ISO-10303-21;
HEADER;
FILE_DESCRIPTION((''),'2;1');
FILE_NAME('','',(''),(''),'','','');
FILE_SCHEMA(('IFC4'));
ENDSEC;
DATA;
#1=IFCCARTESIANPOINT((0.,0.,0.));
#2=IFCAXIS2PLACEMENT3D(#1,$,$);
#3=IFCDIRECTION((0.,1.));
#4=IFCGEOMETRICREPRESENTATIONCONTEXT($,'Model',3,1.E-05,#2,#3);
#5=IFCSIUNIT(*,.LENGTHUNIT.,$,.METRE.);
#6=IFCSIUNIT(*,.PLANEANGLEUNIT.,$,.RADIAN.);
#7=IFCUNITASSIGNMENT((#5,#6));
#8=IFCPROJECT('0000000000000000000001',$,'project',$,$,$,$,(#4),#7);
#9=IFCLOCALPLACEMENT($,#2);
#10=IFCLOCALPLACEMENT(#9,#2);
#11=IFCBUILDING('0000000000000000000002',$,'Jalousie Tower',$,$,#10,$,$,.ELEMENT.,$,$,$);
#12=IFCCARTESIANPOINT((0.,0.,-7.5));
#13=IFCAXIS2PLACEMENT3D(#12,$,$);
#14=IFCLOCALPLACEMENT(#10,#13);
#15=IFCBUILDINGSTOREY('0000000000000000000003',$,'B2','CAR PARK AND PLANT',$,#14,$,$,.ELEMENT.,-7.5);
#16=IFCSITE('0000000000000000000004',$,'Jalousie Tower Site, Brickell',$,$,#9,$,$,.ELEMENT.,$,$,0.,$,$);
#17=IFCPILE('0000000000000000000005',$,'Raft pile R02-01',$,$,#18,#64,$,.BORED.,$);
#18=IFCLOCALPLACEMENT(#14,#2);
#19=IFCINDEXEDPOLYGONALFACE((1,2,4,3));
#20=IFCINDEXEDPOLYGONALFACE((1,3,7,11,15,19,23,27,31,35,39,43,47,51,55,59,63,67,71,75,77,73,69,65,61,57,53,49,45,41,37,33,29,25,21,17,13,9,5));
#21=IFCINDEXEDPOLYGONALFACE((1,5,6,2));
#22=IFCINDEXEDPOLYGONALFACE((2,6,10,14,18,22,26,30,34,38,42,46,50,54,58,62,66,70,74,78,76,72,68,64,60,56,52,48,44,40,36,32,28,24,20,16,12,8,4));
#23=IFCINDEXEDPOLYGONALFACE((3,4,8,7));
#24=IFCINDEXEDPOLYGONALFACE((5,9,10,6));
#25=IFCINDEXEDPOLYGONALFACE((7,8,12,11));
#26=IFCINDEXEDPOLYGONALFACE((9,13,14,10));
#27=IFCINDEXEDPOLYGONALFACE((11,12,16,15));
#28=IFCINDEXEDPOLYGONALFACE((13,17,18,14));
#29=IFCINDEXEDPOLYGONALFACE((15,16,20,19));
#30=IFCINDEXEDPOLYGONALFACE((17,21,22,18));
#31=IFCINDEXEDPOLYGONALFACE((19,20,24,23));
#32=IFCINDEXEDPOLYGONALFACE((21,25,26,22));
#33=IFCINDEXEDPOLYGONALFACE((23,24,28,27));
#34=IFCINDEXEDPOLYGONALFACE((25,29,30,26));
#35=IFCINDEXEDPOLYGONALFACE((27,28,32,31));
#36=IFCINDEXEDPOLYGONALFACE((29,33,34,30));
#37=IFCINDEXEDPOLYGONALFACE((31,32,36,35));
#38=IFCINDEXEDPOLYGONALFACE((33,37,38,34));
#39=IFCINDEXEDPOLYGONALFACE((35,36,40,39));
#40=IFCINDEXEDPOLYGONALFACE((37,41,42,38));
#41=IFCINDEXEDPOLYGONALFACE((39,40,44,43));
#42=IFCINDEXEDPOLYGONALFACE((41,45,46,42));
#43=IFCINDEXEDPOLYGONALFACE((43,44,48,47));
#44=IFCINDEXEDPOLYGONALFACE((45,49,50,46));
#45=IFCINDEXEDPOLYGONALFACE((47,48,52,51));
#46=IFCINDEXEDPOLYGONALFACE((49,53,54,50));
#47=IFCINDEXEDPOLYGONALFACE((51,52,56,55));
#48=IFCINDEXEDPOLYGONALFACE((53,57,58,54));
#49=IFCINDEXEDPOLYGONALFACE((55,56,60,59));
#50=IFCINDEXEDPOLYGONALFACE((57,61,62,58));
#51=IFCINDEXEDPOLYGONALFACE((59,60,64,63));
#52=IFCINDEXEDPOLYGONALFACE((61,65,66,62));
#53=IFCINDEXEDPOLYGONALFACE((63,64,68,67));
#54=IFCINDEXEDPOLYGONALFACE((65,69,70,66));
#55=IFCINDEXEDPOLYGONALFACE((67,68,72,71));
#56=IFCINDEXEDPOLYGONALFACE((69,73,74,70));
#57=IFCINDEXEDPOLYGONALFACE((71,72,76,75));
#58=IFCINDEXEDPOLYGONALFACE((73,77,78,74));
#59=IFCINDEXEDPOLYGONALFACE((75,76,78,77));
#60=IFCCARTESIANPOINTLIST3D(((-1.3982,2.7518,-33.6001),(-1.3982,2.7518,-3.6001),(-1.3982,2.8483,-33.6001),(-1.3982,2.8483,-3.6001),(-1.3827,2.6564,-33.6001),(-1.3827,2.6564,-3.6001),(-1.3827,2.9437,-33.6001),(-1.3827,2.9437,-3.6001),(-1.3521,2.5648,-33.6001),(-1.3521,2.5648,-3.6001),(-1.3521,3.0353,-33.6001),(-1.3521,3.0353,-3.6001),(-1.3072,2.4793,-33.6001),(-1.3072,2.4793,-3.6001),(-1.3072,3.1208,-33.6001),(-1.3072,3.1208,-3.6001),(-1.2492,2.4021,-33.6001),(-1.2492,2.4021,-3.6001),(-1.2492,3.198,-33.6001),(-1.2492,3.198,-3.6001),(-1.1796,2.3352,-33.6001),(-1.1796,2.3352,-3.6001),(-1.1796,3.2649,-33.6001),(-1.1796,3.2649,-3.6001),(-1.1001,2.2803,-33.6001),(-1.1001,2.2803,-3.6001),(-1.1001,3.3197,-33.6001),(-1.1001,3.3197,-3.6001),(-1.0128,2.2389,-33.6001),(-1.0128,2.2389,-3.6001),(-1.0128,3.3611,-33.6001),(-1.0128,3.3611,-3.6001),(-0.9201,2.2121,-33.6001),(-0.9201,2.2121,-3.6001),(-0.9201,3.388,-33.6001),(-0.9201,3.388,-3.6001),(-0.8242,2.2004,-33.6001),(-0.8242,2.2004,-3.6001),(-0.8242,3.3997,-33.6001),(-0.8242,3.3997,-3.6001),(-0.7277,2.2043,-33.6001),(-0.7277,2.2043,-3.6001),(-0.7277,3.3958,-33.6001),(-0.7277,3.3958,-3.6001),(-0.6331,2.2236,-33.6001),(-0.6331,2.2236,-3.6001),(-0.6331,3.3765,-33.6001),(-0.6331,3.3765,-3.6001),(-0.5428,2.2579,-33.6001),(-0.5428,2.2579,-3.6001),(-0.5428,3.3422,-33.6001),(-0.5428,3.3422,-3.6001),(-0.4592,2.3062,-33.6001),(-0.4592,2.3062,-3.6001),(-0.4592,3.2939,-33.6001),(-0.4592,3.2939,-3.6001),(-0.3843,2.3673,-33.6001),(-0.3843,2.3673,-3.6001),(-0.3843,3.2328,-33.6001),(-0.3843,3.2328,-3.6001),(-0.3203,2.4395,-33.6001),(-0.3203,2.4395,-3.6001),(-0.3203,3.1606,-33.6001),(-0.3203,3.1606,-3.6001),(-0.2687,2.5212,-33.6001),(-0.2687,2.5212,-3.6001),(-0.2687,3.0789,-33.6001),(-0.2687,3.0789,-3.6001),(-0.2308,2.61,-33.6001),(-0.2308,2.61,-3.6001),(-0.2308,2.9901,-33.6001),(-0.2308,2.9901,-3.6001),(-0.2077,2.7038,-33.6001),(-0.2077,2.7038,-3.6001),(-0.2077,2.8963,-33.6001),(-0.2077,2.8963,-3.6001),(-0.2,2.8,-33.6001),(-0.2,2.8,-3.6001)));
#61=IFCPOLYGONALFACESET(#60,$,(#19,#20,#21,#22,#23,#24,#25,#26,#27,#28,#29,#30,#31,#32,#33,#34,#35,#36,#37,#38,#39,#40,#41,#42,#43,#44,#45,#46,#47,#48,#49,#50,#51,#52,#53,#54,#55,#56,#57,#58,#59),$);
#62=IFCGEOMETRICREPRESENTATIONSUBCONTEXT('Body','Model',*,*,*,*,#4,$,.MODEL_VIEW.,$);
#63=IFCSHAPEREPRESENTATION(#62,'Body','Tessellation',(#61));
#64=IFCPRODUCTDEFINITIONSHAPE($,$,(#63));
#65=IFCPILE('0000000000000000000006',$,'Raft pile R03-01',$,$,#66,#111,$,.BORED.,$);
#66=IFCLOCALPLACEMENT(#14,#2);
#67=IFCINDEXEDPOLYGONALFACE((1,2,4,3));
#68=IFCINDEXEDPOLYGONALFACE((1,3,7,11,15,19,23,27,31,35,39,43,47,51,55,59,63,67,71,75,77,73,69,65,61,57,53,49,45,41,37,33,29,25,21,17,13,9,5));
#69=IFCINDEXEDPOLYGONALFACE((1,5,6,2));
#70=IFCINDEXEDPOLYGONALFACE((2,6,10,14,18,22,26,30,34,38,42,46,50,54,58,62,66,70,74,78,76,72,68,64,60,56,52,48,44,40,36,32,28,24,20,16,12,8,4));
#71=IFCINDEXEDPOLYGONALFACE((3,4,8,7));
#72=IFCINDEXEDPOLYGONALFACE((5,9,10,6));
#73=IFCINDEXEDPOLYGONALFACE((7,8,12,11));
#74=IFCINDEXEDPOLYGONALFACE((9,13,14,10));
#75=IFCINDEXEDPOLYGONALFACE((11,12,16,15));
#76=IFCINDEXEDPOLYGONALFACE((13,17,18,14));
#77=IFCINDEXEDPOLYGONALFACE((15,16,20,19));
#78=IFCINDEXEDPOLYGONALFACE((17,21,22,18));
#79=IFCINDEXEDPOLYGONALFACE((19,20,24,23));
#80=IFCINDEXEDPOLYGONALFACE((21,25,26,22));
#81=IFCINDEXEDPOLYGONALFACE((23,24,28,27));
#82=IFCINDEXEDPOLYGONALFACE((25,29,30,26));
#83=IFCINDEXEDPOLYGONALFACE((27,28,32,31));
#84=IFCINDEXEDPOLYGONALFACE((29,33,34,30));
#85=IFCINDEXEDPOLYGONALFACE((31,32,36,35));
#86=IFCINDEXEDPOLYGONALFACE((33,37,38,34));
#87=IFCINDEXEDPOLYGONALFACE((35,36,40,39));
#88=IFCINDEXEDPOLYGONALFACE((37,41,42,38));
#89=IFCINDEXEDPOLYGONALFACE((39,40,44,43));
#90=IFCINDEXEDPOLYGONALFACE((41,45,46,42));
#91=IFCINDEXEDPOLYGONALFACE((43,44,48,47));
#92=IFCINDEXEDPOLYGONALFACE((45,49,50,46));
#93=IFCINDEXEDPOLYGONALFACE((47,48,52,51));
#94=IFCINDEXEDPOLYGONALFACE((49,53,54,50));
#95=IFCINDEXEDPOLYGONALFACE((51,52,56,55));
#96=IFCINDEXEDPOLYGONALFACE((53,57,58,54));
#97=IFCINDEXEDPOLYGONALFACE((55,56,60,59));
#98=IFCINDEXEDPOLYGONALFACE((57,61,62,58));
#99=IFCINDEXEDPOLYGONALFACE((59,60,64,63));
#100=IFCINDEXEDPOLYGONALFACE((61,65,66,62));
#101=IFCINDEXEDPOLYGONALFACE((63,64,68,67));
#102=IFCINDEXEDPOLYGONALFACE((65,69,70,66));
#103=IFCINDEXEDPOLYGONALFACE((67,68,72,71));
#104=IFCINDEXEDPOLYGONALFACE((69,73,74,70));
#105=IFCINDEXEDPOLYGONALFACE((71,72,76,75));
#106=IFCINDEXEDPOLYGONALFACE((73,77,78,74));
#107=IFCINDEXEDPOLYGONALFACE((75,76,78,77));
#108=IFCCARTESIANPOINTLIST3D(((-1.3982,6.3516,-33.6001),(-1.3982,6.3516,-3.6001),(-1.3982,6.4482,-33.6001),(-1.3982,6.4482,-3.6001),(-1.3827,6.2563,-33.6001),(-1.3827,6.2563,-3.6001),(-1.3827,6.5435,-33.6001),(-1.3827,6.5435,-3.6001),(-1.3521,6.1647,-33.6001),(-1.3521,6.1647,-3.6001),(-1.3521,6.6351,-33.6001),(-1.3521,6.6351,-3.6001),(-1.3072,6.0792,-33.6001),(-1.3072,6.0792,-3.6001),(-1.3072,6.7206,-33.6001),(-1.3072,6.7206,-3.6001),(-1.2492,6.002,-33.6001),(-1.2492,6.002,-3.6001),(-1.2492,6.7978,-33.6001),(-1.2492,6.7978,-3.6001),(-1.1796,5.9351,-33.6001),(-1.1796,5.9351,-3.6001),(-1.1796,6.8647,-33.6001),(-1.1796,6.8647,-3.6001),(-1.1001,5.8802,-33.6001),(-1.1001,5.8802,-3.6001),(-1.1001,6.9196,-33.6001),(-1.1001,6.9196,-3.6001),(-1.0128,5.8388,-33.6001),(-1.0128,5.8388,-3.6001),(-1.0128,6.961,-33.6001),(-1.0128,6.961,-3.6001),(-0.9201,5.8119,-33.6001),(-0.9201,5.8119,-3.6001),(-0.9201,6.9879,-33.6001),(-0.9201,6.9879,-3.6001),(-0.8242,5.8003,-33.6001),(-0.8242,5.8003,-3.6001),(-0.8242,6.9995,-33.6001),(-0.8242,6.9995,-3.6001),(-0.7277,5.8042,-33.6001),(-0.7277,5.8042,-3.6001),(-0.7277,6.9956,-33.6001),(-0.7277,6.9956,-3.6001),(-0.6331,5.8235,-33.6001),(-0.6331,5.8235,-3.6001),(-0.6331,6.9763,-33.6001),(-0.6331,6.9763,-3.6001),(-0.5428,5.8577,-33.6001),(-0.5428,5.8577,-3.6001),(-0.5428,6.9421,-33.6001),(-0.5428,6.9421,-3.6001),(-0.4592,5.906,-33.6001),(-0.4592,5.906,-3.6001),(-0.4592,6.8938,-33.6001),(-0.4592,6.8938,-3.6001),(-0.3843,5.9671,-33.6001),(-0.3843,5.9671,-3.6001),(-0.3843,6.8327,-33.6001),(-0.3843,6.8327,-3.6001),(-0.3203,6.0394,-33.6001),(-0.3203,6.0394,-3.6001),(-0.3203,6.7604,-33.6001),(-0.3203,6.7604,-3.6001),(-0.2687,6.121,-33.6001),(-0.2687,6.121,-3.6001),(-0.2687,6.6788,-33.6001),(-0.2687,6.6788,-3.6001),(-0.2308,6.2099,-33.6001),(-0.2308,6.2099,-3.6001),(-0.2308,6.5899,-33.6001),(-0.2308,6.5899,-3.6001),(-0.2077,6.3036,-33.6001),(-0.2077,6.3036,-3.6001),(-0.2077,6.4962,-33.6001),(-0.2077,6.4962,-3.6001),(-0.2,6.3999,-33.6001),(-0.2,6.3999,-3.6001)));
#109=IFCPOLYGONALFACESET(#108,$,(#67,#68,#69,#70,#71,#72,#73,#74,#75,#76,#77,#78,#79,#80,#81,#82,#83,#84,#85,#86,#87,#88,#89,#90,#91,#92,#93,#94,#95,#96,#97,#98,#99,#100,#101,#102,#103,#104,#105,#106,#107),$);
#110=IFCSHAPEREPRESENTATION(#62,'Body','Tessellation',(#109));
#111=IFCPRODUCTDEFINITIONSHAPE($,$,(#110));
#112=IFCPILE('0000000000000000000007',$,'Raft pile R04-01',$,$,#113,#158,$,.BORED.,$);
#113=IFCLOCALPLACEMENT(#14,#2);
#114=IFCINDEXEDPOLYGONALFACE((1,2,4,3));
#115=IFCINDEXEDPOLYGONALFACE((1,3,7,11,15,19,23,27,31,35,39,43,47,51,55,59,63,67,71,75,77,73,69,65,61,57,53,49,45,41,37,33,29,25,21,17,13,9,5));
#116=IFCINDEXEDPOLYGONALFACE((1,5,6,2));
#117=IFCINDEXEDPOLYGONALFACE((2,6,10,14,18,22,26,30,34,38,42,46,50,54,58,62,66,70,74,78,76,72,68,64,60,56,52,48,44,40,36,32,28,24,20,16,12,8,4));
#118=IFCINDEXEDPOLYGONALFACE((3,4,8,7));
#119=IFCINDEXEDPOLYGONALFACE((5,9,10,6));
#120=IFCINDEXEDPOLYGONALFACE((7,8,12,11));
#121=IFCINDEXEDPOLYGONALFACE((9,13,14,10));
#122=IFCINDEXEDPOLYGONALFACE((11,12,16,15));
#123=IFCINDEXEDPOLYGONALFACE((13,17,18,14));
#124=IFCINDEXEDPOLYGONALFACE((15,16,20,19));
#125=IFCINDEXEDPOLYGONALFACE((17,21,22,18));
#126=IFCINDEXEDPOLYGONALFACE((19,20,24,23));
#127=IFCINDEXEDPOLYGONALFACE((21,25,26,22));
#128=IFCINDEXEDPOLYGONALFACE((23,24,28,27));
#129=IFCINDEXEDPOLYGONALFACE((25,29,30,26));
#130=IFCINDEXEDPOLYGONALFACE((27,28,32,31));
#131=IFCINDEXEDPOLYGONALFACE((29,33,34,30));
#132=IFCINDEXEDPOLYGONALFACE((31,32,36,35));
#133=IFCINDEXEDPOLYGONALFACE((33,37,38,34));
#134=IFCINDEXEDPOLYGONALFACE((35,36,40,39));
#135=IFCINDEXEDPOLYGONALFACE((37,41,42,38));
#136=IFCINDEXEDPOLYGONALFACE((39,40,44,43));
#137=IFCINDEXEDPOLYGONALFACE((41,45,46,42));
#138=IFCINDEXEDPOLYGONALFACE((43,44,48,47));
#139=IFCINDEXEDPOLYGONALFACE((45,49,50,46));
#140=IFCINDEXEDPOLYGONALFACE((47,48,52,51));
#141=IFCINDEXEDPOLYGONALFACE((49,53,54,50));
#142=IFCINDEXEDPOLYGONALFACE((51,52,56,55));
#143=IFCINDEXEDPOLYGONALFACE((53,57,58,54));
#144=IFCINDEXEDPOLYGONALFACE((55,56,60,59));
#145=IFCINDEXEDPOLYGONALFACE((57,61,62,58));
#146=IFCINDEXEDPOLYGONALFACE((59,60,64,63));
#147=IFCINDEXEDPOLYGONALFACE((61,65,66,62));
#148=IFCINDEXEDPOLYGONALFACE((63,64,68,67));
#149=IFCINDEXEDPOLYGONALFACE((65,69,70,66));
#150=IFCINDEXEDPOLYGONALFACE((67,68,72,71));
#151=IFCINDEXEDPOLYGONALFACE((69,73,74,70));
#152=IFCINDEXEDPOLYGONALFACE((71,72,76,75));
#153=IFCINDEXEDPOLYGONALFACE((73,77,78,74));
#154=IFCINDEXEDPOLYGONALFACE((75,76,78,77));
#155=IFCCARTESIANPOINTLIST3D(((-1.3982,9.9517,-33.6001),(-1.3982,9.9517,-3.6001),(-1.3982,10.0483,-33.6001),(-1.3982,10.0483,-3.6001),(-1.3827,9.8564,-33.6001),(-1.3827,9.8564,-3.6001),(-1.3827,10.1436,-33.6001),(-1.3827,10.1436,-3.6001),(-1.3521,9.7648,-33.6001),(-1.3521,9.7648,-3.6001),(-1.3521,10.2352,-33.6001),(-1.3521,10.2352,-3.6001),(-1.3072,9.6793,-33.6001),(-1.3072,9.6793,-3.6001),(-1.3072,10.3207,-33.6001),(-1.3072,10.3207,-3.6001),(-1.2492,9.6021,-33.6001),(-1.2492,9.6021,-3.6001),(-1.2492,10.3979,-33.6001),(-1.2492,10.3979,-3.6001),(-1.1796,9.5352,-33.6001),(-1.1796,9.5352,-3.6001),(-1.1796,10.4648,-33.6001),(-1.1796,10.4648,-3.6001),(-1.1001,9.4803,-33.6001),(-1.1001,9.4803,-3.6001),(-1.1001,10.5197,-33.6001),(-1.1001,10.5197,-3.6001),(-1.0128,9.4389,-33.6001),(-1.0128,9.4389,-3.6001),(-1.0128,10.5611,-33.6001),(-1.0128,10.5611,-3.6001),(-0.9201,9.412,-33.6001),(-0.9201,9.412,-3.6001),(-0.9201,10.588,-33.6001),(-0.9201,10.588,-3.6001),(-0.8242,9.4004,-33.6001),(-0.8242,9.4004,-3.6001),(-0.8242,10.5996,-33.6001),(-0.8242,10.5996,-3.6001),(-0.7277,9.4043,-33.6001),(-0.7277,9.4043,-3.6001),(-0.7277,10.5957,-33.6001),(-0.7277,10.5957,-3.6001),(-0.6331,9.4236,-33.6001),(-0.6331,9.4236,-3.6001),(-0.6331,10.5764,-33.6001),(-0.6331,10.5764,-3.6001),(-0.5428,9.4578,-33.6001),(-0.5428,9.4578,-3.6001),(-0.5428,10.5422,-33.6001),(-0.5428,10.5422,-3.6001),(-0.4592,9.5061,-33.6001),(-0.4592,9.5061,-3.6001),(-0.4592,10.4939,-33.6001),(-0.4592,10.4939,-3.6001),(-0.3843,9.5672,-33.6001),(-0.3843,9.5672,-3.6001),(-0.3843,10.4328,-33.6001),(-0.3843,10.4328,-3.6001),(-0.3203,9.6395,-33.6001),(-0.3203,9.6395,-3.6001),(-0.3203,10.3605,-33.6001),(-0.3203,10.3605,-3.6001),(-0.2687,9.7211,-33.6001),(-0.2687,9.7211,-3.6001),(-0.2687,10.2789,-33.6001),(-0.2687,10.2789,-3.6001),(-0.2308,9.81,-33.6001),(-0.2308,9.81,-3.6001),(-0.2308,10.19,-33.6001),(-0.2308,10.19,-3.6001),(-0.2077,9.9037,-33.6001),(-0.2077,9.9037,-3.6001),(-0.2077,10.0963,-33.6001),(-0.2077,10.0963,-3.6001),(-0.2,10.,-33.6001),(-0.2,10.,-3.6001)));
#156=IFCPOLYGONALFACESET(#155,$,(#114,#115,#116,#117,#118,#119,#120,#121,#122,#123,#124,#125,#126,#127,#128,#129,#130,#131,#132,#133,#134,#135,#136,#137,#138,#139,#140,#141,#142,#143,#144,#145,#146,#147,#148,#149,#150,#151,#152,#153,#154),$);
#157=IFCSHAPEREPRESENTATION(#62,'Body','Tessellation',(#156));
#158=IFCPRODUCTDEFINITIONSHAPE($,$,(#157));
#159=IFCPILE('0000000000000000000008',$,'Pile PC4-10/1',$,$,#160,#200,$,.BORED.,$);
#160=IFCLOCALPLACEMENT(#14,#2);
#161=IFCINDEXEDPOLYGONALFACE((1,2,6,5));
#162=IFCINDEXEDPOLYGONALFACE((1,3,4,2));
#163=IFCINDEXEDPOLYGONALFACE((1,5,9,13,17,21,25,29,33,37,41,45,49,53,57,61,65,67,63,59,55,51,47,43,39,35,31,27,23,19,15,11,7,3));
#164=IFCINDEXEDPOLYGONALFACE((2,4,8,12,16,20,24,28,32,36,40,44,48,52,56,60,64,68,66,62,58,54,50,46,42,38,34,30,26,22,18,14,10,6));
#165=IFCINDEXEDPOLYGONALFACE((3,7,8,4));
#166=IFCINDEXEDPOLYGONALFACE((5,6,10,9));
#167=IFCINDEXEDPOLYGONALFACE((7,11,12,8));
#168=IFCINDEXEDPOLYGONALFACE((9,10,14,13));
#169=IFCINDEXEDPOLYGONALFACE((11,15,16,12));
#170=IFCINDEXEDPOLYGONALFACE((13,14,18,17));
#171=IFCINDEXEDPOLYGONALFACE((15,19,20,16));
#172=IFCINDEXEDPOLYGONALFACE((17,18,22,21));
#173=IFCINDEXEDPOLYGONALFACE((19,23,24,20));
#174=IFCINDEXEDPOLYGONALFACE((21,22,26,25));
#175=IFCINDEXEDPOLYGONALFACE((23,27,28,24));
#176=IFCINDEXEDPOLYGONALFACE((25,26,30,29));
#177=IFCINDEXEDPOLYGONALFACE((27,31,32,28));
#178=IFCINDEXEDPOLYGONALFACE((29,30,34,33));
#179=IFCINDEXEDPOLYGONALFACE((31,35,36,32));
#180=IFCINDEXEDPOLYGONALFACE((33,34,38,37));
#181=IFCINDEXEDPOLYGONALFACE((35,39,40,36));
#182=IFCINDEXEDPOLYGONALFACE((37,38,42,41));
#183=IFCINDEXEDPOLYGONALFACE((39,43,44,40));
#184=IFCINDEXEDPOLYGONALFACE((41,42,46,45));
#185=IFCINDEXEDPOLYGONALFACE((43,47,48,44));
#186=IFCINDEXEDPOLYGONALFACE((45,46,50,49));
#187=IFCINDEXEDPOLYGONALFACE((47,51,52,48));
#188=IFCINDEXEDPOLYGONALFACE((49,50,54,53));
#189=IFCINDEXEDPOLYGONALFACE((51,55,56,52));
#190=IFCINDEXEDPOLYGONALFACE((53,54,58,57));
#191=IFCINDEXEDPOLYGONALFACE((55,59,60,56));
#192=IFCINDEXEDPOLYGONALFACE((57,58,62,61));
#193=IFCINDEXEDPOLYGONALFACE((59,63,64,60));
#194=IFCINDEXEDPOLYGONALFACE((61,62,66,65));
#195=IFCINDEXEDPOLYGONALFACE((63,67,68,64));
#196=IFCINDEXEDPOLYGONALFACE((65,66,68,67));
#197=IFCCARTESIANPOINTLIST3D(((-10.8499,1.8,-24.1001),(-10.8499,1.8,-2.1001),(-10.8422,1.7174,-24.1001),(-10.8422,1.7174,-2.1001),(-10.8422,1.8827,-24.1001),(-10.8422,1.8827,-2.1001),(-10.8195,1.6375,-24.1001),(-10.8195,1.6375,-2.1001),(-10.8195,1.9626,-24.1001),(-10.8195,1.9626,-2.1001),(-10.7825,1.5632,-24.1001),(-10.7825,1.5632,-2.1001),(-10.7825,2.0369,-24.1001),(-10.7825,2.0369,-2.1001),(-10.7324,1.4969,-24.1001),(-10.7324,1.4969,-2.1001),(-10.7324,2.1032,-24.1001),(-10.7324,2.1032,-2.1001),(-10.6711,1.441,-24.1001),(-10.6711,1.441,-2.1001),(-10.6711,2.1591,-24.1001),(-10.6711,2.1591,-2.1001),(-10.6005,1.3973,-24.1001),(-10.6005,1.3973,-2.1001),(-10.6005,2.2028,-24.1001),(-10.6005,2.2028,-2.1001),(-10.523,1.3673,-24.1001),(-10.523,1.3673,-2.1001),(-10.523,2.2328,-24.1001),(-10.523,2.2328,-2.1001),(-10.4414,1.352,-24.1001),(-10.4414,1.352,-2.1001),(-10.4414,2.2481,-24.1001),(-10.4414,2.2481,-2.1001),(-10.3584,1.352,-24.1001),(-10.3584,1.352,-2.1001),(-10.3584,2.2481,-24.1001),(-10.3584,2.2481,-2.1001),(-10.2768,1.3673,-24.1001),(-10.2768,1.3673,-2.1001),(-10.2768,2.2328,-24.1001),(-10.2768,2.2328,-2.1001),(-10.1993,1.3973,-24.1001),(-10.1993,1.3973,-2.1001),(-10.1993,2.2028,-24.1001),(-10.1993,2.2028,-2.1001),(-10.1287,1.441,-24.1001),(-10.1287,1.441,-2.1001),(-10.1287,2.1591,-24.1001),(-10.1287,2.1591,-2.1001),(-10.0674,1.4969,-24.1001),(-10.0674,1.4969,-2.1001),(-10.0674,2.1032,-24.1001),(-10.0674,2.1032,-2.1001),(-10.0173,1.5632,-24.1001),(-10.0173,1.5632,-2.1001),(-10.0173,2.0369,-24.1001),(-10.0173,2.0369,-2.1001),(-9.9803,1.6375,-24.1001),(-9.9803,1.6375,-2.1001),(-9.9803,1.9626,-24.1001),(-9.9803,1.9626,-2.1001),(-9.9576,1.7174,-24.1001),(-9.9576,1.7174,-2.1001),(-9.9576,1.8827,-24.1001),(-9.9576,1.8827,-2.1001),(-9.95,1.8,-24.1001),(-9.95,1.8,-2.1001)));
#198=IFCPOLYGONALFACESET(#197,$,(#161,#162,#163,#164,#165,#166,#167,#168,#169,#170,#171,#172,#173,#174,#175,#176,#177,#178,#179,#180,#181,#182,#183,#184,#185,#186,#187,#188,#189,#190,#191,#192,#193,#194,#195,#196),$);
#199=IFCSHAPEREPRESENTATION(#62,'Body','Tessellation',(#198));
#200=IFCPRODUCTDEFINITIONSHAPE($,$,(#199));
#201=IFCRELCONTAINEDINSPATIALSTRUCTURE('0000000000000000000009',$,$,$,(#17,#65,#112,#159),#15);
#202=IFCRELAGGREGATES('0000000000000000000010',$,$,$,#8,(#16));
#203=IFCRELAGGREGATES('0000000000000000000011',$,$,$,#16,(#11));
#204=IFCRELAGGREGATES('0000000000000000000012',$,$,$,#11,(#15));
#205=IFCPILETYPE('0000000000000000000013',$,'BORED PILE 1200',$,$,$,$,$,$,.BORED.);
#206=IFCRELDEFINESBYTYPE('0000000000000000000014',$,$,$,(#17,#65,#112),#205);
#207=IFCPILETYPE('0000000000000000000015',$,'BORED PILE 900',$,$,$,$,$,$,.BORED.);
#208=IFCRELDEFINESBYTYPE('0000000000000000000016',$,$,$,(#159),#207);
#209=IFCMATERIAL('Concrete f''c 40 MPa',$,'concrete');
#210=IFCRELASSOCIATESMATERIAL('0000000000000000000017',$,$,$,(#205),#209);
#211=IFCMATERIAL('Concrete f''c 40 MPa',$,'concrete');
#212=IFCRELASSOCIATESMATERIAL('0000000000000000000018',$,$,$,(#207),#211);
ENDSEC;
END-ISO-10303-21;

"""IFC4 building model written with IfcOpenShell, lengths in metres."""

from ifc_helpers import new_model, si_unit, direction, frame, origin, origin_2d, place, context, subcontext, project, spatial, circle, extrude, material, material_profile, profile_set, type_object, element, save


model = new_model("IFC4")

# Units and contexts
model_context = context("Model", 3, precision=1e-05, world=origin(), true_north=direction((0.0, 1.0)))
body_context = subcontext(model_context, "Body", "Model", "MODEL_VIEW")
ifc_project = project(units=[si_unit("LENGTHUNIT", "METRE"), si_unit("PLANEANGLEUNIT", "RADIAN")], contexts=[model_context])

# Site, building, storey
site_placement = place(None, origin())
site = spatial("IfcSite", under=ifc_project, at=site_placement, Name="Jalousie Tower Site, Brickell", CompositionType="ELEMENT", RefElevation=0.0)
building_placement = place(site_placement, origin())
building = spatial("IfcBuilding", under=site, at=building_placement, Name="Jalousie Tower", CompositionType="ELEMENT")
storey_placement = place(building_placement, frame((0.0, 0.0, -7.5)))
storey = spatial("IfcBuildingStorey", under=building, at=storey_placement, Name="B2", Description="CAR PARK AND PLANT", CompositionType="ELEMENT", Elevation=-7.5)

# Piles
ifc_material_1 = material(Name="Concrete f'c 40 MPa", Category="concrete")
ifc_material_profile_1 = material_profile(ifc_material_1, circle(Radius=0.6001, at=origin_2d()), Name="BORED PILE D1200")
ifc_profile_set_1 = profile_set([ifc_material_profile_1], Name="Concrete f'c 40 MPa")
pile_type_1 = type_object("IfcPileType", Name="BORED PILE 1200", PredefinedType="BORED", material=ifc_profile_set_1)
for number, where, z_axis, x_axis, name in (
    (1, (-0.8, 2.8, -3.6001), (0.0, 0.0, -1.0), (1.0, 0.0, 0.0), "Raft pile R02-01"),
    (2, (-0.8, 6.3999, -3.6001), (0.0, 0.0, -1.0), (1.0, 0.0, 0.0), "Raft pile R03-01"),
    (3, (-0.8, 10.0, -3.6001), (0.0, 0.0, -1.0), (1.0, 0.0, 0.0), "Raft pile R04-01"),
):
    element("IfcPile", number, at=place(storey_placement, frame(where, z_axis=z_axis, x_axis=x_axis)), inside=storey, type_object=pile_type_1, Name=name, PredefinedType="BORED", context=body_context, shape_type="SweptSolid", body=[
        extrude(circle(Radius=0.6001, at=origin_2d()), origin(), (0.0, 0.0, 1.0), 30.0),
    ])
ifc_material_2 = material(Name="Concrete f'c 40 MPa", Category="concrete")
ifc_material_profile_2 = material_profile(ifc_material_2, circle(Radius=0.45, at=origin_2d()), Name="BORED PILE D900")
ifc_profile_set_2 = profile_set([ifc_material_profile_2], Name="Concrete f'c 40 MPa")
pile_type_2 = type_object("IfcPileType", Name="BORED PILE 900", PredefinedType="BORED", material=ifc_profile_set_2)
for number, where, z_axis, x_axis, name in (
    (4, (-10.3999, 1.8, -2.1001), (0.0, 0.0, -1.0), (1.0, 0.0, 0.0), "Pile PC4-10/1"),
):
    element("IfcPile", number, at=place(storey_placement, frame(where, z_axis=z_axis, x_axis=x_axis)), inside=storey, type_object=pile_type_2, Name=name, PredefinedType="BORED", context=body_context, shape_type="SweptSolid", body=[
        extrude(circle(Radius=0.45, at=origin_2d()), origin(), (0.0, 0.0, 1.0), 22.0),
    ])

save(model, "model.ifc")
